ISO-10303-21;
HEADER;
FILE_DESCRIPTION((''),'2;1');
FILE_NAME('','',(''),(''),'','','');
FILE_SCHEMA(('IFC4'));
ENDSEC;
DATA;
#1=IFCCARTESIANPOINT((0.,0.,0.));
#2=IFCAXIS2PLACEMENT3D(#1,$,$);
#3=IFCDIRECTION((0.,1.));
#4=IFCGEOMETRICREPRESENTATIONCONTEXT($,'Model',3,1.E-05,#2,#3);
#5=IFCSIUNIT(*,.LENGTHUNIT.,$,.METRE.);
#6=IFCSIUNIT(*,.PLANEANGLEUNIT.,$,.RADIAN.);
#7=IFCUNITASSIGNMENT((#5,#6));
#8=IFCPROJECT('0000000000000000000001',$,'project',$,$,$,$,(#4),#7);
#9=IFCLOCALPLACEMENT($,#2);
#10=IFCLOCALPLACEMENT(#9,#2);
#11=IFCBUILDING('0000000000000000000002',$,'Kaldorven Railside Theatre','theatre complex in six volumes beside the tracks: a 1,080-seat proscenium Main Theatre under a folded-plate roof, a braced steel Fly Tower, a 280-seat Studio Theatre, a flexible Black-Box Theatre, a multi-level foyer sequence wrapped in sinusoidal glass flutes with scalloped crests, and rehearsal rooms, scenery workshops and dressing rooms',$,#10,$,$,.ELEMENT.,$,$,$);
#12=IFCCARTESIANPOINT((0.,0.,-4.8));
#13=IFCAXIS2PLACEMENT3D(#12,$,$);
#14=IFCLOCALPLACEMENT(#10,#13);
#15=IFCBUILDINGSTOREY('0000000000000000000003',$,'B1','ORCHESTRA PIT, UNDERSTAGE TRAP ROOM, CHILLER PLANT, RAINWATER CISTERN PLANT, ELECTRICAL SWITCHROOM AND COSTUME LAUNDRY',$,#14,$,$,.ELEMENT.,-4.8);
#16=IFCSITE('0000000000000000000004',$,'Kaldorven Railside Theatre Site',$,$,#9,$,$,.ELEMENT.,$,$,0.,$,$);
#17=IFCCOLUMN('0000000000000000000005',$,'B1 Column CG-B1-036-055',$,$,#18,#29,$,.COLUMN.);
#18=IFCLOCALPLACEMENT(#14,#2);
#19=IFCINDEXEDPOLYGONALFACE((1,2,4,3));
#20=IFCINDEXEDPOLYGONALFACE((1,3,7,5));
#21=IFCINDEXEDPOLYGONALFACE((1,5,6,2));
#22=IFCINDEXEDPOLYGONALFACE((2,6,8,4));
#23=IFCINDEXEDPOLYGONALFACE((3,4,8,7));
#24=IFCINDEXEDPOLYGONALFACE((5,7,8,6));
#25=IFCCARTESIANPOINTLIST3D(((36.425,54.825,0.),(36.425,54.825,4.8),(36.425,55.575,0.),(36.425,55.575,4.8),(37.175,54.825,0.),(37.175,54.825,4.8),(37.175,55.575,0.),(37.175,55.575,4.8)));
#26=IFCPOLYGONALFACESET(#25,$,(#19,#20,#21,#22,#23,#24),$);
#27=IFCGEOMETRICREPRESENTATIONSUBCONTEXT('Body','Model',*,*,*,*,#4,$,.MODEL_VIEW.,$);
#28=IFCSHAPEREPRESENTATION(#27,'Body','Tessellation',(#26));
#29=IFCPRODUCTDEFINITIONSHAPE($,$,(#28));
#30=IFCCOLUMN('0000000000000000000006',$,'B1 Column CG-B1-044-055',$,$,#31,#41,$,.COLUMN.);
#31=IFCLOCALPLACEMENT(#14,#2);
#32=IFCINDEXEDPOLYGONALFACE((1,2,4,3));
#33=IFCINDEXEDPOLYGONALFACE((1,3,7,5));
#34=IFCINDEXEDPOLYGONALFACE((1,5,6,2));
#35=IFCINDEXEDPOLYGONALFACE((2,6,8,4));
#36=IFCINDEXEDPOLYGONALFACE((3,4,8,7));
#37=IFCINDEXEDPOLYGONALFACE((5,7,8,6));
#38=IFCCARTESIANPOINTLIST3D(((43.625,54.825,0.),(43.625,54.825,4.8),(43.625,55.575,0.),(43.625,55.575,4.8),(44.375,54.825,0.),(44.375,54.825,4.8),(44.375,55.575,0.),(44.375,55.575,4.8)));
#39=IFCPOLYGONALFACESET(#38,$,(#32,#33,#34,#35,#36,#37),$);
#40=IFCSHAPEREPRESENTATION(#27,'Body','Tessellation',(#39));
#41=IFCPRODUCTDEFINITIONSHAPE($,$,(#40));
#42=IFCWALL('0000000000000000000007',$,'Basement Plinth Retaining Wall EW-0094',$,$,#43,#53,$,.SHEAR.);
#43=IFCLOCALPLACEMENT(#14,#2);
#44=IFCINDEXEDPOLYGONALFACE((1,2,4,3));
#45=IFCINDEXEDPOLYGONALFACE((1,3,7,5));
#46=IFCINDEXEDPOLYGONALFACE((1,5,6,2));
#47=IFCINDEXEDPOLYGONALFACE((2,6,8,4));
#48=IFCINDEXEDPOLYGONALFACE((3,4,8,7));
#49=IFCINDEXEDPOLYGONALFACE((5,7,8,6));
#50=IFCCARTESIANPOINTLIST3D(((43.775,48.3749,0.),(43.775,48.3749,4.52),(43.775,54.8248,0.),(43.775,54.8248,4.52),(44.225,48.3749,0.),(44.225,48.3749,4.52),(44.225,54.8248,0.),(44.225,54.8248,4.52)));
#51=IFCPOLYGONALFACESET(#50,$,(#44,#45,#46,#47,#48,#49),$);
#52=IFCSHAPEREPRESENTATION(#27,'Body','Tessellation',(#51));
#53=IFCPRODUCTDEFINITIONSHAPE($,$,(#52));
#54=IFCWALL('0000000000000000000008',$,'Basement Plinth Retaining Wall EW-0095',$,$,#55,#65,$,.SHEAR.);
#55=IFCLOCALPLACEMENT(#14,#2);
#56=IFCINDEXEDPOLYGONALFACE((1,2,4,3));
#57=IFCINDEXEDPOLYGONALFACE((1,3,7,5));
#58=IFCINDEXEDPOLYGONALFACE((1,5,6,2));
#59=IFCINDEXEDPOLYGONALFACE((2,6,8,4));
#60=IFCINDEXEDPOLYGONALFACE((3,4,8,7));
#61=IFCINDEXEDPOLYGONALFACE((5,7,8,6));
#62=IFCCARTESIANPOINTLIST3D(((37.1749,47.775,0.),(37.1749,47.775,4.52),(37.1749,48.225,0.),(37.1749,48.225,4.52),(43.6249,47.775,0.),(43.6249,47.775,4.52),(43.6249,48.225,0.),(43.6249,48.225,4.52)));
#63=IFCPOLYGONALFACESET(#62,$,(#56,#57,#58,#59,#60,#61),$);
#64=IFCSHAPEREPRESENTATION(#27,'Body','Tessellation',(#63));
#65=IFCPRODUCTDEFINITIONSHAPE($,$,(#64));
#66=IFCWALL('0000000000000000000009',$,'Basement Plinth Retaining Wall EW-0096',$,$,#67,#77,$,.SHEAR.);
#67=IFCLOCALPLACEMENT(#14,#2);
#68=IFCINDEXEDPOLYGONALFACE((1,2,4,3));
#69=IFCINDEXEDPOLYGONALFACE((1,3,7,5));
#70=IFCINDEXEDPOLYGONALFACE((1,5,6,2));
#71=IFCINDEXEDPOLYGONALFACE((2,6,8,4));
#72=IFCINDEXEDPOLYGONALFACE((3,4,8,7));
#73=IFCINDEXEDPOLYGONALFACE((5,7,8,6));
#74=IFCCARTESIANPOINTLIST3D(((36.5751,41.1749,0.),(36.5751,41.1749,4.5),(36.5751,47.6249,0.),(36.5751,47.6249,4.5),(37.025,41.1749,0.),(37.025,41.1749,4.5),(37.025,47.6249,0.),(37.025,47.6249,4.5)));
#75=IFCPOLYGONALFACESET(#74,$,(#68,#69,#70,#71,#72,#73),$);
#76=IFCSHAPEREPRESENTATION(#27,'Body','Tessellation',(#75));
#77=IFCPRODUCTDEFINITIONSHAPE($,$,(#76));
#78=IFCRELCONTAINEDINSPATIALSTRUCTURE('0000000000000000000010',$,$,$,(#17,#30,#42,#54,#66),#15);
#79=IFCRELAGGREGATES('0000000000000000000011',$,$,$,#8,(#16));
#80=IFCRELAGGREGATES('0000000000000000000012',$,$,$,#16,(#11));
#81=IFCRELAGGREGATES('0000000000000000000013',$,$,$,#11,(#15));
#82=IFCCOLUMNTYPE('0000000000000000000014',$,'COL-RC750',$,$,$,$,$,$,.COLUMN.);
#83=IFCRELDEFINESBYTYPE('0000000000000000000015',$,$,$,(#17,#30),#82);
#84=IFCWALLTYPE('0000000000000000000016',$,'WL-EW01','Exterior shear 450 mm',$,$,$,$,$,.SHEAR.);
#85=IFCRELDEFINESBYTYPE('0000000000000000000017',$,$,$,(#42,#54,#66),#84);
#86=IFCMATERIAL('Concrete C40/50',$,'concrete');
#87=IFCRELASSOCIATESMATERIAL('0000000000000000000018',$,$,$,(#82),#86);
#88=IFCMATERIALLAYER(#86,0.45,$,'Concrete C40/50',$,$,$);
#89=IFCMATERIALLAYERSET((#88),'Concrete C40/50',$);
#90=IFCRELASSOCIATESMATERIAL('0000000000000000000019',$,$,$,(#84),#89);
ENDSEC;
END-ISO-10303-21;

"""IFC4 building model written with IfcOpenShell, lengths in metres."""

from ifc_helpers import new_model, si_unit, direction, frame, frame_2d, origin, origin_2d, place, context, subcontext, project, spatial, rectangle, extrude, material, layer, layer_set, material_profile, profile_set, type_object, element, save


model = new_model("IFC4")

# Units and contexts
model_context = context("Model", 3, precision=1e-05, world=origin(), true_north=direction((0.0, 1.0)))
body_context = subcontext(model_context, "Body", "Model", "MODEL_VIEW")
ifc_project = project(units=[si_unit("LENGTHUNIT", "METRE"), si_unit("PLANEANGLEUNIT", "RADIAN")], contexts=[model_context])

# Site, building, storey
site_placement = place(None, origin())
site = spatial("IfcSite", under=ifc_project, at=site_placement, Name="Kaldorven Railside Theatre Site", CompositionType="ELEMENT", RefElevation=0.0)
building_placement = place(site_placement, origin())
building = spatial("IfcBuilding", under=site, at=building_placement, Name="Kaldorven Railside Theatre", Description="theatre complex in six volumes beside the tracks: a 1,080-seat proscenium Main Theatre under a folded-plate roof, a braced steel Fly Tower, a 280-seat Studio Theatre, a flexible Black-Box Theatre, a multi-level foyer sequence wrapped in sinusoidal glass flutes with scalloped crests, and rehearsal rooms, scenery workshops and dressing rooms", CompositionType="ELEMENT")
storey_placement = place(building_placement, frame((0.0, 0.0, -4.8)))
storey = spatial("IfcBuildingStorey", under=building, at=storey_placement, Name="B1", Description="ORCHESTRA PIT, UNDERSTAGE TRAP ROOM, CHILLER PLANT, RAINWATER CISTERN PLANT, ELECTRICAL SWITCHROOM AND COSTUME LAUNDRY", CompositionType="ELEMENT", Elevation=-4.8)

# Shared definitions
ifc_material_1 = material(Name="Concrete C40/50", Category="concrete")

# Columns
ifc_material_profile_1 = material_profile(ifc_material_1, rectangle(XDim=0.75, YDim=0.75, at=origin_2d()), Name="RC 750x750")
ifc_profile_set_1 = profile_set([ifc_material_profile_1], Name="Concrete C40/50")
column_type = type_object("IfcColumnType", Name="COL-RC750", PredefinedType="COLUMN", material=ifc_profile_set_1)
for number, where, z_axis, x_axis, name in (
    (1, (36.8, 55.2, 0.0), (0.0, 0.0, 1.0), (1.0, 0.0, 0.0), "B1 Column CG-B1-036-055"),
    (2, (44.0, 55.2, 0.0), (0.0, 0.0, 1.0), (0.0, 1.0, 0.0), "B1 Column CG-B1-044-055"),
):
    element("IfcColumn", number, at=place(storey_placement, frame(where, z_axis=z_axis, x_axis=x_axis)), inside=storey, type_object=column_type, Name=name, PredefinedType="COLUMN", context=body_context, shape_type="SweptSolid", body=[
        extrude(rectangle(XDim=0.75, YDim=0.75, at=origin_2d()), origin(), (0.0, 0.0, 1.0), 4.8),
    ])

# Walls
ifc_layer = layer(ifc_material_1, 0.45, Name="Concrete C40/50")
ifc_layer_set = layer_set([ifc_layer], Name="Concrete C40/50")
wall_type = type_object("IfcWallType", Name="WL-EW01", Description="Exterior shear 450 mm", PredefinedType="SHEAR", material=ifc_layer_set)
for number, where, z_axis, x_axis, name in (
    (3, (44.0, 54.825, 0.0), (0.0, 0.0, 1.0), (0.0, -1.0, 0.0), "Basement Plinth Retaining Wall EW-0094"),
    (4, (43.625, 48.0, 0.0), (0.0, 0.0, 1.0), (-1.0, 0.0, 0.0), "Basement Plinth Retaining Wall EW-0095"),
):
    element("IfcWall", number, at=place(storey_placement, frame(where, z_axis=z_axis, x_axis=x_axis)), inside=storey, type_object=wall_type, Name=name, PredefinedType="SHEAR", context=body_context, shape_type="SweptSolid", body=[
        extrude(rectangle(XDim=6.45, YDim=0.45, at=frame_2d((3.2251, 0.0))), origin(), (0.0, 0.0, 1.0), 4.52),
    ])
wall_placement = place(storey_placement, frame((36.8, 47.625, 0.0), z_axis=(0.0, 0.0, 1.0), x_axis=(0.0, -1.0, 0.0)))
element("IfcWall", 5, at=wall_placement, inside=storey, type_object=wall_type, Name="Basement Plinth Retaining Wall EW-0096", PredefinedType="SHEAR", context=body_context, shape_type="SweptSolid", body=[
    extrude(rectangle(XDim=6.45, YDim=0.45, at=frame_2d((3.2251, 0.0))), origin(), (0.0, 0.0, 1.0), 4.5),
])

save(model, "model.ifc")
